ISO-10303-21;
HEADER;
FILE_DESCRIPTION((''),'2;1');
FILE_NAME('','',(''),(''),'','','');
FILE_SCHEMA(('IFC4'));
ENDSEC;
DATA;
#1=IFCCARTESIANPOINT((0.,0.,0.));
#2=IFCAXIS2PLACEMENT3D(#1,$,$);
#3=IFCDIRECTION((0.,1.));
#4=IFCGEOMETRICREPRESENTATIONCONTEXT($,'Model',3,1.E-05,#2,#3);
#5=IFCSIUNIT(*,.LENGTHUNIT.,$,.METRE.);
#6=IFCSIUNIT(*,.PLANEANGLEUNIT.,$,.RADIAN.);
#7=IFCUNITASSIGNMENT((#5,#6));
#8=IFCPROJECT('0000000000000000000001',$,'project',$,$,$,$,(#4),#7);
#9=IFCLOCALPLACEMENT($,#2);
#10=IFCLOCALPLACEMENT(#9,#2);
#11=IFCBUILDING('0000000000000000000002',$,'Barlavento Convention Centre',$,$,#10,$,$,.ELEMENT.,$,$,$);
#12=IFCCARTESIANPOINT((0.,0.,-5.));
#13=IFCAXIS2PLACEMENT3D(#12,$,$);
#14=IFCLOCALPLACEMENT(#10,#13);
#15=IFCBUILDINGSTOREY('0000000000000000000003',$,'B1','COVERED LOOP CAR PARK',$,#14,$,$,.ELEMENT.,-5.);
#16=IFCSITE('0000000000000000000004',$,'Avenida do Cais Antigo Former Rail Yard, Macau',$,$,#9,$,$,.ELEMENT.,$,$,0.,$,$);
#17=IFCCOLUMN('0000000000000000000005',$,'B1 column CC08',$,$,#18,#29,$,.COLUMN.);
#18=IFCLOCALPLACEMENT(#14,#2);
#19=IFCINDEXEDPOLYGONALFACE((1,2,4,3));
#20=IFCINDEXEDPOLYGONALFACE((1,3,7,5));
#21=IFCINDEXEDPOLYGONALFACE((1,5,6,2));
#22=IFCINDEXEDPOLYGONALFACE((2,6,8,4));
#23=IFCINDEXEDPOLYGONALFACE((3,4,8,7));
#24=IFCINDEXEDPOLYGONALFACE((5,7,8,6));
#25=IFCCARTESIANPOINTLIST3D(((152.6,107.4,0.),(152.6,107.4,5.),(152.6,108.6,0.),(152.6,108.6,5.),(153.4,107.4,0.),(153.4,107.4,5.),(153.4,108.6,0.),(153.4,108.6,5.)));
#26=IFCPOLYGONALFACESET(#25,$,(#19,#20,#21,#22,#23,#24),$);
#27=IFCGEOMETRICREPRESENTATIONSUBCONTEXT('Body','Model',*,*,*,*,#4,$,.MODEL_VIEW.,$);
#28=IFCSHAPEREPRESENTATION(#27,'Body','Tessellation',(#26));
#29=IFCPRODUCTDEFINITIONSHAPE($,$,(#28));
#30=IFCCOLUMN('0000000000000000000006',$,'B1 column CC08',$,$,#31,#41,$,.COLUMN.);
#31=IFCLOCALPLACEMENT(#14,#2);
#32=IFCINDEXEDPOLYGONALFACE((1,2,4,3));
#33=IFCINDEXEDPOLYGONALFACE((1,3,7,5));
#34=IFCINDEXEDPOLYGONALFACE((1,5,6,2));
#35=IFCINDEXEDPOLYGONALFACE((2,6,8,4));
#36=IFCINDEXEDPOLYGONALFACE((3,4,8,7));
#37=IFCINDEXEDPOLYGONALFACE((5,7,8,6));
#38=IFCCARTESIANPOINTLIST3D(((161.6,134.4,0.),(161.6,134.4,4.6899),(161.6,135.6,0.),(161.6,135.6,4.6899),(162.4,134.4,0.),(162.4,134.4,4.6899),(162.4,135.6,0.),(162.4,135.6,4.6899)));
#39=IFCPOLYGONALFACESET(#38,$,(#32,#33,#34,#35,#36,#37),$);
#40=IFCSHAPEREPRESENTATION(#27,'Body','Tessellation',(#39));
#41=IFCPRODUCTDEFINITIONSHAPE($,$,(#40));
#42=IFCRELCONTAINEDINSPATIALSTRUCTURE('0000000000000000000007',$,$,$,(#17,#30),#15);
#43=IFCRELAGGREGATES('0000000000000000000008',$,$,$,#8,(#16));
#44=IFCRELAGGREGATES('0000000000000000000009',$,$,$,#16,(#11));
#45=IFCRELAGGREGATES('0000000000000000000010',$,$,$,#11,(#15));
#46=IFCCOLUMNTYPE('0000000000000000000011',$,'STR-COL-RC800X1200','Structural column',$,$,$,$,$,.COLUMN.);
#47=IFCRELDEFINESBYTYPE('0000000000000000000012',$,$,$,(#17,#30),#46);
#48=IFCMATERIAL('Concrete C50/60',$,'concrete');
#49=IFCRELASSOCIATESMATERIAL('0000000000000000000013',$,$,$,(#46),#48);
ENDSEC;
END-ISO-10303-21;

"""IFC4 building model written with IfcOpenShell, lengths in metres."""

from ifc_helpers import new_model, si_unit, direction, frame, origin, origin_2d, place, context, subcontext, project, spatial, rectangle, extrude, material, material_profile, profile_set, type_object, element, save


model = new_model("IFC4")

# Units and contexts
model_context = context("Model", 3, precision=1e-05, world=origin(), true_north=direction((0.0, 1.0)))
body_context = subcontext(model_context, "Body", "Model", "MODEL_VIEW")
ifc_project = project(units=[si_unit("LENGTHUNIT", "METRE"), si_unit("PLANEANGLEUNIT", "RADIAN")], contexts=[model_context])

# Site, building, storey
site_placement = place(None, origin())
site = spatial("IfcSite", under=ifc_project, at=site_placement, Name="Avenida do Cais Antigo Former Rail Yard, Macau", CompositionType="ELEMENT", RefElevation=0.0)
building_placement = place(site_placement, origin())
building = spatial("IfcBuilding", under=site, at=building_placement, Name="Barlavento Convention Centre", CompositionType="ELEMENT")
storey_placement = place(building_placement, frame((0.0, 0.0, -5.0)))
storey = spatial("IfcBuildingStorey", under=building, at=storey_placement, Name="B1", Description="COVERED LOOP CAR PARK", CompositionType="ELEMENT", Elevation=-5.0)

# Columns
ifc_material_1 = material(Name="Concrete C50/60", Category="concrete")
ifc_material_profile_1 = material_profile(ifc_material_1, rectangle(XDim=0.8, YDim=1.2, at=origin_2d()), Name="RC 800x1200")
ifc_profile_set_1 = profile_set([ifc_material_profile_1], Name="Concrete C50/60")
column_type_1 = type_object("IfcColumnType", Name="STR-COL-RC800X1200", Description="Structural column", PredefinedType="COLUMN", material=ifc_profile_set_1)
column_1_placement = place(storey_placement, frame((153.0, 108.0, 0.0), z_axis=(0.0, 0.0, 1.0), x_axis=(1.0, 0.0, 0.0)))
element("IfcColumn", 1, at=column_1_placement, inside=storey, type_object=column_type_1, Name="B1 column CC08", PredefinedType="COLUMN", context=body_context, shape_type="SweptSolid", body=[
    extrude(rectangle(XDim=0.8, YDim=1.2, at=origin_2d()), origin(), (0.0, 0.0, 1.0), 5.0),
])
column_2_placement = place(storey_placement, frame((162.0, 135.0, 0.0), z_axis=(0.0, 0.0, 1.0), x_axis=(1.0, 0.0, 0.0)))
element("IfcColumn", 2, at=column_2_placement, inside=storey, type_object=column_type_1, Name="B1 column CC08", PredefinedType="COLUMN", context=body_context, shape_type="SweptSolid", body=[
    extrude(rectangle(XDim=0.8, YDim=1.2, at=origin_2d()), origin(), (0.0, 0.0, 1.0), 4.6899),
])

save(model, "model.ifc")
